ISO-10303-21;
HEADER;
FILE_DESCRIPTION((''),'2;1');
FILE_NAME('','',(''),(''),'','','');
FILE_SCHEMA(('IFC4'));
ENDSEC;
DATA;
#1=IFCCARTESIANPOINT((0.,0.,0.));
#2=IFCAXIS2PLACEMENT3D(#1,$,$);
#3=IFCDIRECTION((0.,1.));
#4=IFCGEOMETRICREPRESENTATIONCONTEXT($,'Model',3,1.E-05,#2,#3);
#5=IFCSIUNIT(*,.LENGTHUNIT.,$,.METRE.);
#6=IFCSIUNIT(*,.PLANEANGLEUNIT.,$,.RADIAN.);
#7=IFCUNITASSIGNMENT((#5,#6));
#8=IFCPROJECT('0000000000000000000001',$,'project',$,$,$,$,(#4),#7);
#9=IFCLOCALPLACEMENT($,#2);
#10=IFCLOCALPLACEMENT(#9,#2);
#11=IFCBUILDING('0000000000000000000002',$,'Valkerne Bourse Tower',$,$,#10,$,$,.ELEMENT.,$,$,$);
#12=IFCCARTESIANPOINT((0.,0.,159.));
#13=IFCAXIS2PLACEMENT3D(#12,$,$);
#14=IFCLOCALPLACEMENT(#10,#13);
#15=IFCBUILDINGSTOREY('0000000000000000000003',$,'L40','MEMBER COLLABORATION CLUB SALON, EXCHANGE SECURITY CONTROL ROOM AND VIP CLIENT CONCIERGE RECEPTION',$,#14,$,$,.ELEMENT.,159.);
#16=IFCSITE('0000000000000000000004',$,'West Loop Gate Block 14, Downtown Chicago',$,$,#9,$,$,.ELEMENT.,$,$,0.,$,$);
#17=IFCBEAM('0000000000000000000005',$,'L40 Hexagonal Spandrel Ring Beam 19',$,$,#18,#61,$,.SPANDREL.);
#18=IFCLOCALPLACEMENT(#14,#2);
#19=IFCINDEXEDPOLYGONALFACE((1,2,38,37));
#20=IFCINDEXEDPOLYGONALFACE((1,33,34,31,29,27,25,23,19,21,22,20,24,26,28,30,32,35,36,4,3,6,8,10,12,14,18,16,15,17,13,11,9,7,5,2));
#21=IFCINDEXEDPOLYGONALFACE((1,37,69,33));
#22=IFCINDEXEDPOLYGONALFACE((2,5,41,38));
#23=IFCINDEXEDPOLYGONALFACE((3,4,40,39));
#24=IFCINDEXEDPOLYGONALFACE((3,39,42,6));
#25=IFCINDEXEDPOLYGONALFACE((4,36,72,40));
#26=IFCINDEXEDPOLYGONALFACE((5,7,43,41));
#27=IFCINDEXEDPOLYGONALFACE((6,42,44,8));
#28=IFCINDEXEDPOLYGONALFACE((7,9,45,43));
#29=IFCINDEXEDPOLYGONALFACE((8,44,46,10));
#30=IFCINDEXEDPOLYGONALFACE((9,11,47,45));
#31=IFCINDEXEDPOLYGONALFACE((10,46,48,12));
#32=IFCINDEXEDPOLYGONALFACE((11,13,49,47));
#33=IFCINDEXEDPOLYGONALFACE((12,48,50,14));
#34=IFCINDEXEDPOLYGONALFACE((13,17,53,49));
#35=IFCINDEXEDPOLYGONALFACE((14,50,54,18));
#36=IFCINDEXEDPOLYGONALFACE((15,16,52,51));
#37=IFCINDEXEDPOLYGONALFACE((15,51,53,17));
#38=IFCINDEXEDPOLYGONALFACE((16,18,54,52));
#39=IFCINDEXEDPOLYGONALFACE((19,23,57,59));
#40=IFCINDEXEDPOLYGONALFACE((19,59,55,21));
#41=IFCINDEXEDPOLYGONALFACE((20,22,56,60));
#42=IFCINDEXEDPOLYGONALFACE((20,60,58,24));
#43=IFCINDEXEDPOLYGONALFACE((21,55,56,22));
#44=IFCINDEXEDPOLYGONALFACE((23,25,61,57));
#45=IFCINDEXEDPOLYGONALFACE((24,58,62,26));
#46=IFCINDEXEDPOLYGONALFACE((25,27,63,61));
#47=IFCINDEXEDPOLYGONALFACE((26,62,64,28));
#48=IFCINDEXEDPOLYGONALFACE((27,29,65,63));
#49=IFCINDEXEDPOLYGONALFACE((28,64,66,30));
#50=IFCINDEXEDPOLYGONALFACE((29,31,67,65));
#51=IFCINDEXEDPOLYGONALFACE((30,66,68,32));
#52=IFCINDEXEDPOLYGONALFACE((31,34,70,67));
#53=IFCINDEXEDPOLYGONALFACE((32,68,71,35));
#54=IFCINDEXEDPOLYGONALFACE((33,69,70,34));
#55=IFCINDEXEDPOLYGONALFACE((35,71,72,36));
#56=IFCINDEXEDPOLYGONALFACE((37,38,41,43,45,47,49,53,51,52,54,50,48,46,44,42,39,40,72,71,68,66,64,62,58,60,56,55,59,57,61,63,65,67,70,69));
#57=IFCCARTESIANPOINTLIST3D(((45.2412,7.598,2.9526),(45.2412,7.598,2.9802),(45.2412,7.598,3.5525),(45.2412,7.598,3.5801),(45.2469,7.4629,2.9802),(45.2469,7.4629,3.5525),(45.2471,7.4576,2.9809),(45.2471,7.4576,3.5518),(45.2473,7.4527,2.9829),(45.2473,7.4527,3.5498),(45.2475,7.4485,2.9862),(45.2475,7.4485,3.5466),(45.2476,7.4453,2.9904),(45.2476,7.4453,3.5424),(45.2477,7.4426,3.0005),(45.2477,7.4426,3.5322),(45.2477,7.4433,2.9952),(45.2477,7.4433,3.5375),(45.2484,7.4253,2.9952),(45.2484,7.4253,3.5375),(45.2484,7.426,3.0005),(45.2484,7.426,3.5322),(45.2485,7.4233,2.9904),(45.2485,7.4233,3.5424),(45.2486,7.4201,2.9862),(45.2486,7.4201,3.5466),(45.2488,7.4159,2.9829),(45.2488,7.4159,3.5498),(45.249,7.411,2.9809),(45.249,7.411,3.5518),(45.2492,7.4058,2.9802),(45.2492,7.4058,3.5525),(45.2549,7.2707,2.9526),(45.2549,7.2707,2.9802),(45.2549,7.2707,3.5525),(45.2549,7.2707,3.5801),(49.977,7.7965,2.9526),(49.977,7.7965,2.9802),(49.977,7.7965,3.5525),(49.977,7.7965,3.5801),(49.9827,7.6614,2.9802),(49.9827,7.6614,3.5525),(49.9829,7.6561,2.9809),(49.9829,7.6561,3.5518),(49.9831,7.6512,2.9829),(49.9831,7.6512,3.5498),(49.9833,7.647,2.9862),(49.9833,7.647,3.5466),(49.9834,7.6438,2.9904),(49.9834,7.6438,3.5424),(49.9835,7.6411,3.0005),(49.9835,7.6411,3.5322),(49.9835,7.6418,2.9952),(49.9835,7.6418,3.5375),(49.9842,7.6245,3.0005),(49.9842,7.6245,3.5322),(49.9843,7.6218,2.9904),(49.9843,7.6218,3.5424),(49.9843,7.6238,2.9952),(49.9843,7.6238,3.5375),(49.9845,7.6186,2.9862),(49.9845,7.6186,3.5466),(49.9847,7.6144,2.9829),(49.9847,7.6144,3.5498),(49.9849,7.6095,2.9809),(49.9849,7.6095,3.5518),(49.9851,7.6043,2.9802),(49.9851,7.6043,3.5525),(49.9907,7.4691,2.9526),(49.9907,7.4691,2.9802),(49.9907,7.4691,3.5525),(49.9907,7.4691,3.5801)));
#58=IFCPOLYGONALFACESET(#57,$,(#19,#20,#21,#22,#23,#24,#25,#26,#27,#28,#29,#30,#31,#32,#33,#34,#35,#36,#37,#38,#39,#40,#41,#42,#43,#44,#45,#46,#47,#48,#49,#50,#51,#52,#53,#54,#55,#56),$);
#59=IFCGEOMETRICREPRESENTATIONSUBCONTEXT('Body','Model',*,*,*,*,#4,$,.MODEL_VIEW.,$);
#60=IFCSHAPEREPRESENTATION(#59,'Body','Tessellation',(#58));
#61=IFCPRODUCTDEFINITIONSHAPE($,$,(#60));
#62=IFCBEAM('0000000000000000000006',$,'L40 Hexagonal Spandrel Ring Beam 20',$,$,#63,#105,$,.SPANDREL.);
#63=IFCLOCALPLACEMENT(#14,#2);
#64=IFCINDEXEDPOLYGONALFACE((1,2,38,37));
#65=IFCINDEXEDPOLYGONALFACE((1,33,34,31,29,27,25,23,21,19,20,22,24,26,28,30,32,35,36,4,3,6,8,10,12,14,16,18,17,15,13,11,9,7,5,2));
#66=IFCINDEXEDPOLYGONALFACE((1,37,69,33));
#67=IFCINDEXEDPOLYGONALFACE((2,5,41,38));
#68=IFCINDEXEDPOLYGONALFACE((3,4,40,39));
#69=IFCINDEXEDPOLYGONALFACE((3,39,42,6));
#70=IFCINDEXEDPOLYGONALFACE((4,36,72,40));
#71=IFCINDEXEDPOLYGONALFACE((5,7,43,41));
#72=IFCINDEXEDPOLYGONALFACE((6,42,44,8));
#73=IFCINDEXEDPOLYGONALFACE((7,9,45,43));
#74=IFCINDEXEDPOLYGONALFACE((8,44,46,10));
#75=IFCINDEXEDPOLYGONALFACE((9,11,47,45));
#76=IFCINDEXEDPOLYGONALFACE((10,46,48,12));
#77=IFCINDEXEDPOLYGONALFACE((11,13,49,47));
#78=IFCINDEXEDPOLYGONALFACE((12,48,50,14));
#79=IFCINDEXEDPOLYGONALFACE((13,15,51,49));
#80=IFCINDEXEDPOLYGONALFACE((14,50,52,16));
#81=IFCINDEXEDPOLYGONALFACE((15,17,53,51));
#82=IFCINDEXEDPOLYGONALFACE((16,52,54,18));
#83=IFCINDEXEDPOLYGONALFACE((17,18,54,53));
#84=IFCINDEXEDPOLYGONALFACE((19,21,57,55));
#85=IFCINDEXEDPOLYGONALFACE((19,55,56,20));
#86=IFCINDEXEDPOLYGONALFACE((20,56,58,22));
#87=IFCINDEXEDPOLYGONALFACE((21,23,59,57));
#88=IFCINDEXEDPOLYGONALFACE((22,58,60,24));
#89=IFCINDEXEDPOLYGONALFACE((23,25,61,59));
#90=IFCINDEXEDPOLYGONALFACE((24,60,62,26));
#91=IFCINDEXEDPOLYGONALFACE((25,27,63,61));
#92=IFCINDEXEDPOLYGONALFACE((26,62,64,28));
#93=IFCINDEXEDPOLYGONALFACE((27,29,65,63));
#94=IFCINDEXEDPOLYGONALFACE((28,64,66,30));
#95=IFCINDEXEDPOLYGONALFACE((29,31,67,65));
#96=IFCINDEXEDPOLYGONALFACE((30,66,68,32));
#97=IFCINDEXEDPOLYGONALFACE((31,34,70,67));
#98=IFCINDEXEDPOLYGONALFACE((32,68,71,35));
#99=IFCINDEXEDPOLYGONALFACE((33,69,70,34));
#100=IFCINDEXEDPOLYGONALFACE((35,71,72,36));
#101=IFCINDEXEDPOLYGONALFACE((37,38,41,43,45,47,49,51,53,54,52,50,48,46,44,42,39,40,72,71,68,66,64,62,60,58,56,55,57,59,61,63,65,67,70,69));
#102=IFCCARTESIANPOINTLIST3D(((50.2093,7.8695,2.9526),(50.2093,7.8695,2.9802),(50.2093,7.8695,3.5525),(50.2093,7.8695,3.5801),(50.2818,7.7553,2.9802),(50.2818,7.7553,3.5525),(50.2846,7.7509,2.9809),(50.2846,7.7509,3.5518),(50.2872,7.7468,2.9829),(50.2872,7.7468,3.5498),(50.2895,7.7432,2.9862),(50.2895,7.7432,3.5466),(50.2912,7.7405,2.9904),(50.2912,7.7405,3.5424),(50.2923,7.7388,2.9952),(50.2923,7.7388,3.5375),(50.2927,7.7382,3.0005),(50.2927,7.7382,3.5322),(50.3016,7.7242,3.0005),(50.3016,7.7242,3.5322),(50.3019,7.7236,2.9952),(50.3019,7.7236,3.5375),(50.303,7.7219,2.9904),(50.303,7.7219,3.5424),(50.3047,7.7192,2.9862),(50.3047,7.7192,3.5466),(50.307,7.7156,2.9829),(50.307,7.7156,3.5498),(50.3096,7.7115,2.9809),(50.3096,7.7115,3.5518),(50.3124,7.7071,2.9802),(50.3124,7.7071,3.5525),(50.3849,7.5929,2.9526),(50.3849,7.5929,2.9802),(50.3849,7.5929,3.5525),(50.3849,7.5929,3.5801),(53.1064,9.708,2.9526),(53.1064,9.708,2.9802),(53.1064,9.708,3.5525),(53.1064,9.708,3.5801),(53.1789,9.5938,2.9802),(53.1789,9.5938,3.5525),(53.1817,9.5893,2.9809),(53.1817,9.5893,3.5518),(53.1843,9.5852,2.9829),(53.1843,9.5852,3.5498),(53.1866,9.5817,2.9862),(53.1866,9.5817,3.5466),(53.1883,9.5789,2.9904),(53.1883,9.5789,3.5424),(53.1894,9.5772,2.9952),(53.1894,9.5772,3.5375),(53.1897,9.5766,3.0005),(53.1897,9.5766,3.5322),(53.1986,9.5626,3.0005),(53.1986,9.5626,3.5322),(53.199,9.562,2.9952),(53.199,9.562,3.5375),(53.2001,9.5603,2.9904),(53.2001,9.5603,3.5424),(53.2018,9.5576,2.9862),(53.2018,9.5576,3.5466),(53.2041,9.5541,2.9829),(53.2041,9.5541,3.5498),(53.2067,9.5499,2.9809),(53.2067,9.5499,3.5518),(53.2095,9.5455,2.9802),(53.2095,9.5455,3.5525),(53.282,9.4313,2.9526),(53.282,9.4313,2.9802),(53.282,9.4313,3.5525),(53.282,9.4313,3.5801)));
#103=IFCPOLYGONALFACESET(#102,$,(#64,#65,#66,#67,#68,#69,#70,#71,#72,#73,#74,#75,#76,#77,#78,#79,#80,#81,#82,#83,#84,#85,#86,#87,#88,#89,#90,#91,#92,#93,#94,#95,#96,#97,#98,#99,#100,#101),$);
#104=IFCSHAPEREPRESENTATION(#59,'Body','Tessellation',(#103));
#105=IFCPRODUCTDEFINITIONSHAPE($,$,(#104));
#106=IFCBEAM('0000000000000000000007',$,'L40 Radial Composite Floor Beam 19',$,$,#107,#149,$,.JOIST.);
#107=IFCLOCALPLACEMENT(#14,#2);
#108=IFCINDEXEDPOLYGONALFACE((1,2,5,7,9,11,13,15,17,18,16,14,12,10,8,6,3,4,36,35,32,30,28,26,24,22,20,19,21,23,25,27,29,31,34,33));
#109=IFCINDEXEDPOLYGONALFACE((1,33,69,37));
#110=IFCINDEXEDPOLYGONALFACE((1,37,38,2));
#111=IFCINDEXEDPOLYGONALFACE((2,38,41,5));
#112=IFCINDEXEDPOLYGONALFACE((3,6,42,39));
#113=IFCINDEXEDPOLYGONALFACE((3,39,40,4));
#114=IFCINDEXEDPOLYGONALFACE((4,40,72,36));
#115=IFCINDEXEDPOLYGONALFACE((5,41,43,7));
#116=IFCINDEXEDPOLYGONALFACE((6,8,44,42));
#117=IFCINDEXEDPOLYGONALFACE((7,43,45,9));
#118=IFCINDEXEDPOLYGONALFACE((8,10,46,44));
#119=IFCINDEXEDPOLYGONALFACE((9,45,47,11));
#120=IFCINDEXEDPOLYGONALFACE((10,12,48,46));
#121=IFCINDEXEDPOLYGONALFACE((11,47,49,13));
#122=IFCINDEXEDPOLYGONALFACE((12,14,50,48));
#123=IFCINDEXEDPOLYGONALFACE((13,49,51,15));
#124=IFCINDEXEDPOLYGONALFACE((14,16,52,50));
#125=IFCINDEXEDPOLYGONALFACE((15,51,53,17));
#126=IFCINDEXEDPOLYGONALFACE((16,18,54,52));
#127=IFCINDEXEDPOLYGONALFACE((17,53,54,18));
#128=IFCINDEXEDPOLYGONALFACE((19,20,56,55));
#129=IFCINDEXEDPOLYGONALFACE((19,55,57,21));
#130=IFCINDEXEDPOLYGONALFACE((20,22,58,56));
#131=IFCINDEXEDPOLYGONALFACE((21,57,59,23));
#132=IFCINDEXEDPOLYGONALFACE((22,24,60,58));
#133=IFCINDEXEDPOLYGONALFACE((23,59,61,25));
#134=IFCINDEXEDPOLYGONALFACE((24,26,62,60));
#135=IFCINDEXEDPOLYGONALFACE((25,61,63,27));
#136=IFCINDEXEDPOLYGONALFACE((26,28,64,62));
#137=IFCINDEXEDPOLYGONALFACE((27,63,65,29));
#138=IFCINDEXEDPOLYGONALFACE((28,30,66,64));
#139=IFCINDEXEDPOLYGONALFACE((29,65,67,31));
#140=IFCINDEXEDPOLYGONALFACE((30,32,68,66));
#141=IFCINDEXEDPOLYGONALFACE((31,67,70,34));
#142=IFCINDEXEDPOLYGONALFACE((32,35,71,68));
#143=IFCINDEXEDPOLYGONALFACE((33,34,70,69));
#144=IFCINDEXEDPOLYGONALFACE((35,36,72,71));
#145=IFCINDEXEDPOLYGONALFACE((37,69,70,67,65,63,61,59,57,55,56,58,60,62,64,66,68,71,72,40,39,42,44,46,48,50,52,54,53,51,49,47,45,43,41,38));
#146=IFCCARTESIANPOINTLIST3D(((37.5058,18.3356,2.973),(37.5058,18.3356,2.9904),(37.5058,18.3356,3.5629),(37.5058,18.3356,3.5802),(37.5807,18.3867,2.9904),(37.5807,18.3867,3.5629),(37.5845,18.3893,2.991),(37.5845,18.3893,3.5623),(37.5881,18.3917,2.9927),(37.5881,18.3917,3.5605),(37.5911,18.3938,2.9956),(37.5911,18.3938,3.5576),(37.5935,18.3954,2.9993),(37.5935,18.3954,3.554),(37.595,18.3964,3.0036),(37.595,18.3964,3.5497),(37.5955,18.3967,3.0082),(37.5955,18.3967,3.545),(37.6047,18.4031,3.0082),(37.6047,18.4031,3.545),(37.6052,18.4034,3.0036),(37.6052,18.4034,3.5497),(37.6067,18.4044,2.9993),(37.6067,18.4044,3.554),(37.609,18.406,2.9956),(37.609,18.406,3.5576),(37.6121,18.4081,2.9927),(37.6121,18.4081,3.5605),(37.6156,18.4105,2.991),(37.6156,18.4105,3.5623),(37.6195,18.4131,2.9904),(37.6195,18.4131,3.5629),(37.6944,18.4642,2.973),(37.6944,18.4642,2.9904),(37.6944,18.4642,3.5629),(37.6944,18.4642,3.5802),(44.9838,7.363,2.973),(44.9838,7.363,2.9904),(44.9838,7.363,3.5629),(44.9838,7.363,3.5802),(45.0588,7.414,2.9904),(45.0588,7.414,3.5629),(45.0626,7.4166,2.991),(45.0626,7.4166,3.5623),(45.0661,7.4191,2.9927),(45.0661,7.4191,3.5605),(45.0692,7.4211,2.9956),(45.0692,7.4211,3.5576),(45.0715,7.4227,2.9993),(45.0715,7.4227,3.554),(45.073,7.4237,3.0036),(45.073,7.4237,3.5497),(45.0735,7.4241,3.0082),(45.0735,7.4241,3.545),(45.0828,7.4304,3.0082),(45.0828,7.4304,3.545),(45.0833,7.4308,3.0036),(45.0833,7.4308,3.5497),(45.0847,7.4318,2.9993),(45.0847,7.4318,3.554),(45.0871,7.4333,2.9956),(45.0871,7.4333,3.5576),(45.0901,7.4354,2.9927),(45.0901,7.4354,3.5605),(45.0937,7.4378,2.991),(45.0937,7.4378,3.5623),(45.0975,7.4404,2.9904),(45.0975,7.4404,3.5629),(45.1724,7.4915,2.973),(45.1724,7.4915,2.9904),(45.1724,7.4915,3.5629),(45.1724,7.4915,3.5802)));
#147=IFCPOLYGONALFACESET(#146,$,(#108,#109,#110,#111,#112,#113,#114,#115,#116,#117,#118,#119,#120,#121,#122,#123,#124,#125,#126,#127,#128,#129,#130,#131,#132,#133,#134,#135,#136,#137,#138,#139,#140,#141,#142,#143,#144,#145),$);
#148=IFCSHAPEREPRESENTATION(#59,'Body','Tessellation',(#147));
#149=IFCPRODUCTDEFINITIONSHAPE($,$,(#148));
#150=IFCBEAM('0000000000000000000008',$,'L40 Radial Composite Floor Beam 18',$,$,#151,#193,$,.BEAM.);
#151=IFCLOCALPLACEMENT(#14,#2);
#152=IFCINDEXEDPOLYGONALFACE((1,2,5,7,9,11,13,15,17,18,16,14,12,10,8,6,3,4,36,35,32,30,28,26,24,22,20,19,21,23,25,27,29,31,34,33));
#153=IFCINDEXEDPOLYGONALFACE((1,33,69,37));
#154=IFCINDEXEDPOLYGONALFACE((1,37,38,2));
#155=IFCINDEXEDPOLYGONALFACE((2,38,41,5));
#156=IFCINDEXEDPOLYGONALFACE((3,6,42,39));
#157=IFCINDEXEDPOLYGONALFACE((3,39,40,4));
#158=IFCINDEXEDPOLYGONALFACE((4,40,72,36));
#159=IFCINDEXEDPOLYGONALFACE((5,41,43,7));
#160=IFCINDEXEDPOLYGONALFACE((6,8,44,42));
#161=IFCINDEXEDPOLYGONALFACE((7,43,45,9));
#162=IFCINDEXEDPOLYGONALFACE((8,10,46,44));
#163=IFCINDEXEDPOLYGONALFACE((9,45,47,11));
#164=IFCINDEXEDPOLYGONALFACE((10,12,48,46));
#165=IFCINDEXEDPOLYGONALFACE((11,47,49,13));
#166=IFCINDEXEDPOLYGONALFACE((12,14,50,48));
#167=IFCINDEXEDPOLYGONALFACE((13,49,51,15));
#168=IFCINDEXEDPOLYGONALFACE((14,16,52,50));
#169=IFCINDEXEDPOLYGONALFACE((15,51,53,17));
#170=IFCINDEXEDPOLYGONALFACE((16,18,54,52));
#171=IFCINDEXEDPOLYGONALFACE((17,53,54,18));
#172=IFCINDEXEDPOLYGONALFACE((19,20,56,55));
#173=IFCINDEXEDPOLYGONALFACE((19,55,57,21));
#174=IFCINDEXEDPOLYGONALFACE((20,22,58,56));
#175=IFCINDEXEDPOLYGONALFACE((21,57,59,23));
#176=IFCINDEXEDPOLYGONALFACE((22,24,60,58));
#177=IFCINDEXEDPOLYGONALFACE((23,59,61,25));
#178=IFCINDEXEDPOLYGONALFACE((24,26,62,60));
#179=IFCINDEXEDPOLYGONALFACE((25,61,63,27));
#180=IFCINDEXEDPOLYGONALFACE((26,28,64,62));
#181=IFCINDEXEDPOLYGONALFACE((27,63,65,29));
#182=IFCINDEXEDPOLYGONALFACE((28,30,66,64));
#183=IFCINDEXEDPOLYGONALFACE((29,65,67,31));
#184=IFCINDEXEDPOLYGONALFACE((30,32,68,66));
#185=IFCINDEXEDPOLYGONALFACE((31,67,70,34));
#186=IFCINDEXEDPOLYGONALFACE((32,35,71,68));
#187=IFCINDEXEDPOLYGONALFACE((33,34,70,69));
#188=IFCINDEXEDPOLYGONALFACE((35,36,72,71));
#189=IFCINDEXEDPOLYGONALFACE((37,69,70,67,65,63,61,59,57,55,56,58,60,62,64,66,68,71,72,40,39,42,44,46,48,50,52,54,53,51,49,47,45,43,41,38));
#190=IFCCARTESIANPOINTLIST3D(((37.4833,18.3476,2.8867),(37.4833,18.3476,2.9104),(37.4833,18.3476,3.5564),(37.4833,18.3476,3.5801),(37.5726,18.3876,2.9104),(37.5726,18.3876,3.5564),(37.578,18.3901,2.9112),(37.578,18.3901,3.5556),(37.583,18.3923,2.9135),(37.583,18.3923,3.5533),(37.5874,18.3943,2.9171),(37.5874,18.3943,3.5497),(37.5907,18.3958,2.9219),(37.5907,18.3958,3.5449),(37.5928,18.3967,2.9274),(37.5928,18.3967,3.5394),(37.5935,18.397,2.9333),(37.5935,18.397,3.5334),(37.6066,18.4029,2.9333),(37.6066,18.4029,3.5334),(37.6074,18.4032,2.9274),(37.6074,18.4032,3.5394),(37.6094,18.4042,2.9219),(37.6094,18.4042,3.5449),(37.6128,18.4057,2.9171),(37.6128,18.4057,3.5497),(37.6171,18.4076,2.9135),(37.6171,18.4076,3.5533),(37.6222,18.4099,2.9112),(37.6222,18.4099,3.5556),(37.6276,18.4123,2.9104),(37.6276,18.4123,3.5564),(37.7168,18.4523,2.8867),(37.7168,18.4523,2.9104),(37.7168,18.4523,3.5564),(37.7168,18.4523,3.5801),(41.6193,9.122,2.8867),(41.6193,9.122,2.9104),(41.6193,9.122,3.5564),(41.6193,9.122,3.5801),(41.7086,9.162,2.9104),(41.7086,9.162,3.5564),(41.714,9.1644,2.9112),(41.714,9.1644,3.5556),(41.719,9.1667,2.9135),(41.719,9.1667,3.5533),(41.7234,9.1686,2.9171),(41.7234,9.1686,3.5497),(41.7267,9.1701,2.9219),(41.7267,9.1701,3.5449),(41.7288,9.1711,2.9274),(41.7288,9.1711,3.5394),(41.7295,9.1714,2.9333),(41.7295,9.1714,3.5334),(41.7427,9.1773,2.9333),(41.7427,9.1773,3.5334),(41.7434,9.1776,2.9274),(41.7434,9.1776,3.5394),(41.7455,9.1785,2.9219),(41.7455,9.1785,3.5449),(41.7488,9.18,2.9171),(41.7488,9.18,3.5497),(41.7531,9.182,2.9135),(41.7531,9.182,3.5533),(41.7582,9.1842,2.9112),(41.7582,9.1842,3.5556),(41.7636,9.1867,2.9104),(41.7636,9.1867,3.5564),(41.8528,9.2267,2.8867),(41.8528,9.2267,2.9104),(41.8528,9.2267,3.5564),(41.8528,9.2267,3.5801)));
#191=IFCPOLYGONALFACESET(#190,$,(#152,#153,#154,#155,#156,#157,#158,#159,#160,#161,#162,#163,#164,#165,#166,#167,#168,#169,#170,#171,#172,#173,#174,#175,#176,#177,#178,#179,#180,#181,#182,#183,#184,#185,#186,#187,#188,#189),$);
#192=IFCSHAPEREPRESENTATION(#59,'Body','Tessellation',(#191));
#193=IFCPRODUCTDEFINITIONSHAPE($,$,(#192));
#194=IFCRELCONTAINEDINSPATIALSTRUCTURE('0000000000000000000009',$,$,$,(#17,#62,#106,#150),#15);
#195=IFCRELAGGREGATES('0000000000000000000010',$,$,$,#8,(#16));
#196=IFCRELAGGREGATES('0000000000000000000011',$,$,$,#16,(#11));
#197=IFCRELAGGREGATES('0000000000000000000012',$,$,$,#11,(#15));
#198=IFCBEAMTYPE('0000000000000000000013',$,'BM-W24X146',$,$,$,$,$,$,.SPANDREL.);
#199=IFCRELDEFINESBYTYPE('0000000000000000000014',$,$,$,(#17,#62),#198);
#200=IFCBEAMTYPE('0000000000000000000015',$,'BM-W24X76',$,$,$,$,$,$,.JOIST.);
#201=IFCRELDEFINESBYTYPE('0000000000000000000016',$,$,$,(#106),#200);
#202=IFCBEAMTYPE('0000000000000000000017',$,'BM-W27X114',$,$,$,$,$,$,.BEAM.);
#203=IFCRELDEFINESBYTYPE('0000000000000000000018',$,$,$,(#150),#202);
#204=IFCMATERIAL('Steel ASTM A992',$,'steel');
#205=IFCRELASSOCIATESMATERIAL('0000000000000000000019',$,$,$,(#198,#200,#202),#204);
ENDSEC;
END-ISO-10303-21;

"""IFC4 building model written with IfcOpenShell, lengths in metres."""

from ifc_helpers import new_model, si_unit, direction, frame, origin, origin_2d, place, context, subcontext, project, spatial, i_section, extrude, material, material_profile, profile_set, type_object, element, save


model = new_model("IFC4")

# Units and contexts
model_context = context("Model", 3, precision=1e-05, world=origin(), true_north=direction((0.0, 1.0)))
body_context = subcontext(model_context, "Body", "Model", "MODEL_VIEW")
ifc_project = project(units=[si_unit("LENGTHUNIT", "METRE"), si_unit("PLANEANGLEUNIT", "RADIAN")], contexts=[model_context])

# Site, building, storey
site_placement = place(None, origin())
site = spatial("IfcSite", under=ifc_project, at=site_placement, Name="West Loop Gate Block 14, Downtown Chicago", CompositionType="ELEMENT", RefElevation=0.0)
building_placement = place(site_placement, origin())
building = spatial("IfcBuilding", under=site, at=building_placement, Name="Valkerne Bourse Tower", CompositionType="ELEMENT")
storey_placement = place(building_placement, frame((0.0, 0.0, 159.0)))
storey = spatial("IfcBuildingStorey", under=building, at=storey_placement, Name="L40", Description="MEMBER COLLABORATION CLUB SALON, EXCHANGE SECURITY CONTROL ROOM AND VIP CLIENT CONCIERGE RECEPTION", CompositionType="ELEMENT", Elevation=159.0)

# Beams
ifc_material_1 = material(Name="Steel ASTM A992", Category="steel")
ifc_material_profile_1 = material_profile(ifc_material_1, i_section(OverallWidth=0.3276, OverallDepth=0.6274, WebThickness=0.0166, FlangeThickness=0.0276, FilletRadius=0.0203, at=origin_2d()), Name="W24X146")
ifc_profile_set_1 = profile_set([ifc_material_profile_1], Name="Steel ASTM A992")
beam_type_1 = type_object("IfcBeamType", Name="BM-W24X146", PredefinedType="SPANDREL", material=ifc_profile_set_1)
beam_1_placement = place(storey_placement, frame((45.248, 7.4343, 3.2664), z_axis=(0.999123, 0.041875, 0.0), x_axis=(-0.041875, 0.999123, 0.0)))
element("IfcBeam", 1, at=beam_1_placement, inside=storey, type_object=beam_type_1, Name="L40 Hexagonal Spandrel Ring Beam 19", PredefinedType="SPANDREL", context=body_context, shape_type="SweptSolid", body=[
    extrude(i_section(OverallWidth=0.3276, OverallDepth=0.6274, WebThickness=0.0166, FlangeThickness=0.0276, FilletRadius=0.0203, at=origin_2d()), origin(), (0.0, 0.0, 1.0), 4.74),
])
beam_2_placement = place(storey_placement, frame((50.2971, 7.7312, 3.2664), z_axis=(0.844341, 0.535807, 0.0), x_axis=(-0.535807, 0.844341, 0.0)))
element("IfcBeam", 2, at=beam_2_placement, inside=storey, type_object=beam_type_1, Name="L40 Hexagonal Spandrel Ring Beam 20", PredefinedType="SPANDREL", context=body_context, shape_type="SweptSolid", body=[
    extrude(i_section(OverallWidth=0.3276, OverallDepth=0.6274, WebThickness=0.0166, FlangeThickness=0.0276, FilletRadius=0.0203, at=origin_2d()), origin(), (0.0, 0.0, 1.0), 3.4312),
])
ifc_material_profile_2 = material_profile(ifc_material_1, i_section(OverallWidth=0.2283, OverallDepth=0.6072, WebThickness=0.0112, FlangeThickness=0.0173, FilletRadius=0.0178, at=origin_2d()), Name="W24X76")
ifc_profile_set_2 = profile_set([ifc_material_profile_2], Name="Steel ASTM A992")
beam_type_2 = type_object("IfcBeamType", Name="BM-W24X76", PredefinedType="JOIST", material=ifc_profile_set_2)
beam_3_placement = place(storey_placement, frame((45.0781, 7.4272, 3.2766), z_axis=(-0.563166, 0.826344, 0.0), x_axis=(-0.826344, -0.563166, 0.0)))
element("IfcBeam", 3, at=beam_3_placement, inside=storey, type_object=beam_type_2, Name="L40 Radial Composite Floor Beam 19", PredefinedType="JOIST", context=body_context, shape_type="SweptSolid", body=[
    extrude(i_section(OverallWidth=0.2283, OverallDepth=0.6072, WebThickness=0.0112, FlangeThickness=0.0173, FilletRadius=0.0178, at=origin_2d()), origin(), (0.0, 0.0, 1.0), 13.2786),
])
ifc_material_profile_3 = material_profile(ifc_material_1, i_section(OverallWidth=0.2559, OverallDepth=0.6934, WebThickness=0.0144, FlangeThickness=0.0237, FilletRadius=0.0229, at=origin_2d()), Name="W27X114")
ifc_profile_set_3 = profile_set([ifc_material_profile_3], Name="Steel ASTM A992")
beam_type_3 = type_object("IfcBeamType", Name="BM-W27X114", PredefinedType="BEAM", material=ifc_profile_set_3)
beam_4_placement = place(storey_placement, frame((41.7361, 9.1743, 3.2334), z_axis=(-0.409087, 0.912495, 0.0), x_axis=(-0.912495, -0.409087, 0.0)))
element("IfcBeam", 4, at=beam_4_placement, inside=storey, type_object=beam_type_3, Name="L40 Radial Composite Floor Beam 18", PredefinedType="BEAM", context=body_context, shape_type="SweptSolid", body=[
    extrude(i_section(OverallWidth=0.2559, OverallDepth=0.6934, WebThickness=0.0144, FlangeThickness=0.0237, FilletRadius=0.0229, at=origin_2d()), origin(), (0.0, 0.0, 1.0), 10.1104),
])

save(model, "model.ifc")
